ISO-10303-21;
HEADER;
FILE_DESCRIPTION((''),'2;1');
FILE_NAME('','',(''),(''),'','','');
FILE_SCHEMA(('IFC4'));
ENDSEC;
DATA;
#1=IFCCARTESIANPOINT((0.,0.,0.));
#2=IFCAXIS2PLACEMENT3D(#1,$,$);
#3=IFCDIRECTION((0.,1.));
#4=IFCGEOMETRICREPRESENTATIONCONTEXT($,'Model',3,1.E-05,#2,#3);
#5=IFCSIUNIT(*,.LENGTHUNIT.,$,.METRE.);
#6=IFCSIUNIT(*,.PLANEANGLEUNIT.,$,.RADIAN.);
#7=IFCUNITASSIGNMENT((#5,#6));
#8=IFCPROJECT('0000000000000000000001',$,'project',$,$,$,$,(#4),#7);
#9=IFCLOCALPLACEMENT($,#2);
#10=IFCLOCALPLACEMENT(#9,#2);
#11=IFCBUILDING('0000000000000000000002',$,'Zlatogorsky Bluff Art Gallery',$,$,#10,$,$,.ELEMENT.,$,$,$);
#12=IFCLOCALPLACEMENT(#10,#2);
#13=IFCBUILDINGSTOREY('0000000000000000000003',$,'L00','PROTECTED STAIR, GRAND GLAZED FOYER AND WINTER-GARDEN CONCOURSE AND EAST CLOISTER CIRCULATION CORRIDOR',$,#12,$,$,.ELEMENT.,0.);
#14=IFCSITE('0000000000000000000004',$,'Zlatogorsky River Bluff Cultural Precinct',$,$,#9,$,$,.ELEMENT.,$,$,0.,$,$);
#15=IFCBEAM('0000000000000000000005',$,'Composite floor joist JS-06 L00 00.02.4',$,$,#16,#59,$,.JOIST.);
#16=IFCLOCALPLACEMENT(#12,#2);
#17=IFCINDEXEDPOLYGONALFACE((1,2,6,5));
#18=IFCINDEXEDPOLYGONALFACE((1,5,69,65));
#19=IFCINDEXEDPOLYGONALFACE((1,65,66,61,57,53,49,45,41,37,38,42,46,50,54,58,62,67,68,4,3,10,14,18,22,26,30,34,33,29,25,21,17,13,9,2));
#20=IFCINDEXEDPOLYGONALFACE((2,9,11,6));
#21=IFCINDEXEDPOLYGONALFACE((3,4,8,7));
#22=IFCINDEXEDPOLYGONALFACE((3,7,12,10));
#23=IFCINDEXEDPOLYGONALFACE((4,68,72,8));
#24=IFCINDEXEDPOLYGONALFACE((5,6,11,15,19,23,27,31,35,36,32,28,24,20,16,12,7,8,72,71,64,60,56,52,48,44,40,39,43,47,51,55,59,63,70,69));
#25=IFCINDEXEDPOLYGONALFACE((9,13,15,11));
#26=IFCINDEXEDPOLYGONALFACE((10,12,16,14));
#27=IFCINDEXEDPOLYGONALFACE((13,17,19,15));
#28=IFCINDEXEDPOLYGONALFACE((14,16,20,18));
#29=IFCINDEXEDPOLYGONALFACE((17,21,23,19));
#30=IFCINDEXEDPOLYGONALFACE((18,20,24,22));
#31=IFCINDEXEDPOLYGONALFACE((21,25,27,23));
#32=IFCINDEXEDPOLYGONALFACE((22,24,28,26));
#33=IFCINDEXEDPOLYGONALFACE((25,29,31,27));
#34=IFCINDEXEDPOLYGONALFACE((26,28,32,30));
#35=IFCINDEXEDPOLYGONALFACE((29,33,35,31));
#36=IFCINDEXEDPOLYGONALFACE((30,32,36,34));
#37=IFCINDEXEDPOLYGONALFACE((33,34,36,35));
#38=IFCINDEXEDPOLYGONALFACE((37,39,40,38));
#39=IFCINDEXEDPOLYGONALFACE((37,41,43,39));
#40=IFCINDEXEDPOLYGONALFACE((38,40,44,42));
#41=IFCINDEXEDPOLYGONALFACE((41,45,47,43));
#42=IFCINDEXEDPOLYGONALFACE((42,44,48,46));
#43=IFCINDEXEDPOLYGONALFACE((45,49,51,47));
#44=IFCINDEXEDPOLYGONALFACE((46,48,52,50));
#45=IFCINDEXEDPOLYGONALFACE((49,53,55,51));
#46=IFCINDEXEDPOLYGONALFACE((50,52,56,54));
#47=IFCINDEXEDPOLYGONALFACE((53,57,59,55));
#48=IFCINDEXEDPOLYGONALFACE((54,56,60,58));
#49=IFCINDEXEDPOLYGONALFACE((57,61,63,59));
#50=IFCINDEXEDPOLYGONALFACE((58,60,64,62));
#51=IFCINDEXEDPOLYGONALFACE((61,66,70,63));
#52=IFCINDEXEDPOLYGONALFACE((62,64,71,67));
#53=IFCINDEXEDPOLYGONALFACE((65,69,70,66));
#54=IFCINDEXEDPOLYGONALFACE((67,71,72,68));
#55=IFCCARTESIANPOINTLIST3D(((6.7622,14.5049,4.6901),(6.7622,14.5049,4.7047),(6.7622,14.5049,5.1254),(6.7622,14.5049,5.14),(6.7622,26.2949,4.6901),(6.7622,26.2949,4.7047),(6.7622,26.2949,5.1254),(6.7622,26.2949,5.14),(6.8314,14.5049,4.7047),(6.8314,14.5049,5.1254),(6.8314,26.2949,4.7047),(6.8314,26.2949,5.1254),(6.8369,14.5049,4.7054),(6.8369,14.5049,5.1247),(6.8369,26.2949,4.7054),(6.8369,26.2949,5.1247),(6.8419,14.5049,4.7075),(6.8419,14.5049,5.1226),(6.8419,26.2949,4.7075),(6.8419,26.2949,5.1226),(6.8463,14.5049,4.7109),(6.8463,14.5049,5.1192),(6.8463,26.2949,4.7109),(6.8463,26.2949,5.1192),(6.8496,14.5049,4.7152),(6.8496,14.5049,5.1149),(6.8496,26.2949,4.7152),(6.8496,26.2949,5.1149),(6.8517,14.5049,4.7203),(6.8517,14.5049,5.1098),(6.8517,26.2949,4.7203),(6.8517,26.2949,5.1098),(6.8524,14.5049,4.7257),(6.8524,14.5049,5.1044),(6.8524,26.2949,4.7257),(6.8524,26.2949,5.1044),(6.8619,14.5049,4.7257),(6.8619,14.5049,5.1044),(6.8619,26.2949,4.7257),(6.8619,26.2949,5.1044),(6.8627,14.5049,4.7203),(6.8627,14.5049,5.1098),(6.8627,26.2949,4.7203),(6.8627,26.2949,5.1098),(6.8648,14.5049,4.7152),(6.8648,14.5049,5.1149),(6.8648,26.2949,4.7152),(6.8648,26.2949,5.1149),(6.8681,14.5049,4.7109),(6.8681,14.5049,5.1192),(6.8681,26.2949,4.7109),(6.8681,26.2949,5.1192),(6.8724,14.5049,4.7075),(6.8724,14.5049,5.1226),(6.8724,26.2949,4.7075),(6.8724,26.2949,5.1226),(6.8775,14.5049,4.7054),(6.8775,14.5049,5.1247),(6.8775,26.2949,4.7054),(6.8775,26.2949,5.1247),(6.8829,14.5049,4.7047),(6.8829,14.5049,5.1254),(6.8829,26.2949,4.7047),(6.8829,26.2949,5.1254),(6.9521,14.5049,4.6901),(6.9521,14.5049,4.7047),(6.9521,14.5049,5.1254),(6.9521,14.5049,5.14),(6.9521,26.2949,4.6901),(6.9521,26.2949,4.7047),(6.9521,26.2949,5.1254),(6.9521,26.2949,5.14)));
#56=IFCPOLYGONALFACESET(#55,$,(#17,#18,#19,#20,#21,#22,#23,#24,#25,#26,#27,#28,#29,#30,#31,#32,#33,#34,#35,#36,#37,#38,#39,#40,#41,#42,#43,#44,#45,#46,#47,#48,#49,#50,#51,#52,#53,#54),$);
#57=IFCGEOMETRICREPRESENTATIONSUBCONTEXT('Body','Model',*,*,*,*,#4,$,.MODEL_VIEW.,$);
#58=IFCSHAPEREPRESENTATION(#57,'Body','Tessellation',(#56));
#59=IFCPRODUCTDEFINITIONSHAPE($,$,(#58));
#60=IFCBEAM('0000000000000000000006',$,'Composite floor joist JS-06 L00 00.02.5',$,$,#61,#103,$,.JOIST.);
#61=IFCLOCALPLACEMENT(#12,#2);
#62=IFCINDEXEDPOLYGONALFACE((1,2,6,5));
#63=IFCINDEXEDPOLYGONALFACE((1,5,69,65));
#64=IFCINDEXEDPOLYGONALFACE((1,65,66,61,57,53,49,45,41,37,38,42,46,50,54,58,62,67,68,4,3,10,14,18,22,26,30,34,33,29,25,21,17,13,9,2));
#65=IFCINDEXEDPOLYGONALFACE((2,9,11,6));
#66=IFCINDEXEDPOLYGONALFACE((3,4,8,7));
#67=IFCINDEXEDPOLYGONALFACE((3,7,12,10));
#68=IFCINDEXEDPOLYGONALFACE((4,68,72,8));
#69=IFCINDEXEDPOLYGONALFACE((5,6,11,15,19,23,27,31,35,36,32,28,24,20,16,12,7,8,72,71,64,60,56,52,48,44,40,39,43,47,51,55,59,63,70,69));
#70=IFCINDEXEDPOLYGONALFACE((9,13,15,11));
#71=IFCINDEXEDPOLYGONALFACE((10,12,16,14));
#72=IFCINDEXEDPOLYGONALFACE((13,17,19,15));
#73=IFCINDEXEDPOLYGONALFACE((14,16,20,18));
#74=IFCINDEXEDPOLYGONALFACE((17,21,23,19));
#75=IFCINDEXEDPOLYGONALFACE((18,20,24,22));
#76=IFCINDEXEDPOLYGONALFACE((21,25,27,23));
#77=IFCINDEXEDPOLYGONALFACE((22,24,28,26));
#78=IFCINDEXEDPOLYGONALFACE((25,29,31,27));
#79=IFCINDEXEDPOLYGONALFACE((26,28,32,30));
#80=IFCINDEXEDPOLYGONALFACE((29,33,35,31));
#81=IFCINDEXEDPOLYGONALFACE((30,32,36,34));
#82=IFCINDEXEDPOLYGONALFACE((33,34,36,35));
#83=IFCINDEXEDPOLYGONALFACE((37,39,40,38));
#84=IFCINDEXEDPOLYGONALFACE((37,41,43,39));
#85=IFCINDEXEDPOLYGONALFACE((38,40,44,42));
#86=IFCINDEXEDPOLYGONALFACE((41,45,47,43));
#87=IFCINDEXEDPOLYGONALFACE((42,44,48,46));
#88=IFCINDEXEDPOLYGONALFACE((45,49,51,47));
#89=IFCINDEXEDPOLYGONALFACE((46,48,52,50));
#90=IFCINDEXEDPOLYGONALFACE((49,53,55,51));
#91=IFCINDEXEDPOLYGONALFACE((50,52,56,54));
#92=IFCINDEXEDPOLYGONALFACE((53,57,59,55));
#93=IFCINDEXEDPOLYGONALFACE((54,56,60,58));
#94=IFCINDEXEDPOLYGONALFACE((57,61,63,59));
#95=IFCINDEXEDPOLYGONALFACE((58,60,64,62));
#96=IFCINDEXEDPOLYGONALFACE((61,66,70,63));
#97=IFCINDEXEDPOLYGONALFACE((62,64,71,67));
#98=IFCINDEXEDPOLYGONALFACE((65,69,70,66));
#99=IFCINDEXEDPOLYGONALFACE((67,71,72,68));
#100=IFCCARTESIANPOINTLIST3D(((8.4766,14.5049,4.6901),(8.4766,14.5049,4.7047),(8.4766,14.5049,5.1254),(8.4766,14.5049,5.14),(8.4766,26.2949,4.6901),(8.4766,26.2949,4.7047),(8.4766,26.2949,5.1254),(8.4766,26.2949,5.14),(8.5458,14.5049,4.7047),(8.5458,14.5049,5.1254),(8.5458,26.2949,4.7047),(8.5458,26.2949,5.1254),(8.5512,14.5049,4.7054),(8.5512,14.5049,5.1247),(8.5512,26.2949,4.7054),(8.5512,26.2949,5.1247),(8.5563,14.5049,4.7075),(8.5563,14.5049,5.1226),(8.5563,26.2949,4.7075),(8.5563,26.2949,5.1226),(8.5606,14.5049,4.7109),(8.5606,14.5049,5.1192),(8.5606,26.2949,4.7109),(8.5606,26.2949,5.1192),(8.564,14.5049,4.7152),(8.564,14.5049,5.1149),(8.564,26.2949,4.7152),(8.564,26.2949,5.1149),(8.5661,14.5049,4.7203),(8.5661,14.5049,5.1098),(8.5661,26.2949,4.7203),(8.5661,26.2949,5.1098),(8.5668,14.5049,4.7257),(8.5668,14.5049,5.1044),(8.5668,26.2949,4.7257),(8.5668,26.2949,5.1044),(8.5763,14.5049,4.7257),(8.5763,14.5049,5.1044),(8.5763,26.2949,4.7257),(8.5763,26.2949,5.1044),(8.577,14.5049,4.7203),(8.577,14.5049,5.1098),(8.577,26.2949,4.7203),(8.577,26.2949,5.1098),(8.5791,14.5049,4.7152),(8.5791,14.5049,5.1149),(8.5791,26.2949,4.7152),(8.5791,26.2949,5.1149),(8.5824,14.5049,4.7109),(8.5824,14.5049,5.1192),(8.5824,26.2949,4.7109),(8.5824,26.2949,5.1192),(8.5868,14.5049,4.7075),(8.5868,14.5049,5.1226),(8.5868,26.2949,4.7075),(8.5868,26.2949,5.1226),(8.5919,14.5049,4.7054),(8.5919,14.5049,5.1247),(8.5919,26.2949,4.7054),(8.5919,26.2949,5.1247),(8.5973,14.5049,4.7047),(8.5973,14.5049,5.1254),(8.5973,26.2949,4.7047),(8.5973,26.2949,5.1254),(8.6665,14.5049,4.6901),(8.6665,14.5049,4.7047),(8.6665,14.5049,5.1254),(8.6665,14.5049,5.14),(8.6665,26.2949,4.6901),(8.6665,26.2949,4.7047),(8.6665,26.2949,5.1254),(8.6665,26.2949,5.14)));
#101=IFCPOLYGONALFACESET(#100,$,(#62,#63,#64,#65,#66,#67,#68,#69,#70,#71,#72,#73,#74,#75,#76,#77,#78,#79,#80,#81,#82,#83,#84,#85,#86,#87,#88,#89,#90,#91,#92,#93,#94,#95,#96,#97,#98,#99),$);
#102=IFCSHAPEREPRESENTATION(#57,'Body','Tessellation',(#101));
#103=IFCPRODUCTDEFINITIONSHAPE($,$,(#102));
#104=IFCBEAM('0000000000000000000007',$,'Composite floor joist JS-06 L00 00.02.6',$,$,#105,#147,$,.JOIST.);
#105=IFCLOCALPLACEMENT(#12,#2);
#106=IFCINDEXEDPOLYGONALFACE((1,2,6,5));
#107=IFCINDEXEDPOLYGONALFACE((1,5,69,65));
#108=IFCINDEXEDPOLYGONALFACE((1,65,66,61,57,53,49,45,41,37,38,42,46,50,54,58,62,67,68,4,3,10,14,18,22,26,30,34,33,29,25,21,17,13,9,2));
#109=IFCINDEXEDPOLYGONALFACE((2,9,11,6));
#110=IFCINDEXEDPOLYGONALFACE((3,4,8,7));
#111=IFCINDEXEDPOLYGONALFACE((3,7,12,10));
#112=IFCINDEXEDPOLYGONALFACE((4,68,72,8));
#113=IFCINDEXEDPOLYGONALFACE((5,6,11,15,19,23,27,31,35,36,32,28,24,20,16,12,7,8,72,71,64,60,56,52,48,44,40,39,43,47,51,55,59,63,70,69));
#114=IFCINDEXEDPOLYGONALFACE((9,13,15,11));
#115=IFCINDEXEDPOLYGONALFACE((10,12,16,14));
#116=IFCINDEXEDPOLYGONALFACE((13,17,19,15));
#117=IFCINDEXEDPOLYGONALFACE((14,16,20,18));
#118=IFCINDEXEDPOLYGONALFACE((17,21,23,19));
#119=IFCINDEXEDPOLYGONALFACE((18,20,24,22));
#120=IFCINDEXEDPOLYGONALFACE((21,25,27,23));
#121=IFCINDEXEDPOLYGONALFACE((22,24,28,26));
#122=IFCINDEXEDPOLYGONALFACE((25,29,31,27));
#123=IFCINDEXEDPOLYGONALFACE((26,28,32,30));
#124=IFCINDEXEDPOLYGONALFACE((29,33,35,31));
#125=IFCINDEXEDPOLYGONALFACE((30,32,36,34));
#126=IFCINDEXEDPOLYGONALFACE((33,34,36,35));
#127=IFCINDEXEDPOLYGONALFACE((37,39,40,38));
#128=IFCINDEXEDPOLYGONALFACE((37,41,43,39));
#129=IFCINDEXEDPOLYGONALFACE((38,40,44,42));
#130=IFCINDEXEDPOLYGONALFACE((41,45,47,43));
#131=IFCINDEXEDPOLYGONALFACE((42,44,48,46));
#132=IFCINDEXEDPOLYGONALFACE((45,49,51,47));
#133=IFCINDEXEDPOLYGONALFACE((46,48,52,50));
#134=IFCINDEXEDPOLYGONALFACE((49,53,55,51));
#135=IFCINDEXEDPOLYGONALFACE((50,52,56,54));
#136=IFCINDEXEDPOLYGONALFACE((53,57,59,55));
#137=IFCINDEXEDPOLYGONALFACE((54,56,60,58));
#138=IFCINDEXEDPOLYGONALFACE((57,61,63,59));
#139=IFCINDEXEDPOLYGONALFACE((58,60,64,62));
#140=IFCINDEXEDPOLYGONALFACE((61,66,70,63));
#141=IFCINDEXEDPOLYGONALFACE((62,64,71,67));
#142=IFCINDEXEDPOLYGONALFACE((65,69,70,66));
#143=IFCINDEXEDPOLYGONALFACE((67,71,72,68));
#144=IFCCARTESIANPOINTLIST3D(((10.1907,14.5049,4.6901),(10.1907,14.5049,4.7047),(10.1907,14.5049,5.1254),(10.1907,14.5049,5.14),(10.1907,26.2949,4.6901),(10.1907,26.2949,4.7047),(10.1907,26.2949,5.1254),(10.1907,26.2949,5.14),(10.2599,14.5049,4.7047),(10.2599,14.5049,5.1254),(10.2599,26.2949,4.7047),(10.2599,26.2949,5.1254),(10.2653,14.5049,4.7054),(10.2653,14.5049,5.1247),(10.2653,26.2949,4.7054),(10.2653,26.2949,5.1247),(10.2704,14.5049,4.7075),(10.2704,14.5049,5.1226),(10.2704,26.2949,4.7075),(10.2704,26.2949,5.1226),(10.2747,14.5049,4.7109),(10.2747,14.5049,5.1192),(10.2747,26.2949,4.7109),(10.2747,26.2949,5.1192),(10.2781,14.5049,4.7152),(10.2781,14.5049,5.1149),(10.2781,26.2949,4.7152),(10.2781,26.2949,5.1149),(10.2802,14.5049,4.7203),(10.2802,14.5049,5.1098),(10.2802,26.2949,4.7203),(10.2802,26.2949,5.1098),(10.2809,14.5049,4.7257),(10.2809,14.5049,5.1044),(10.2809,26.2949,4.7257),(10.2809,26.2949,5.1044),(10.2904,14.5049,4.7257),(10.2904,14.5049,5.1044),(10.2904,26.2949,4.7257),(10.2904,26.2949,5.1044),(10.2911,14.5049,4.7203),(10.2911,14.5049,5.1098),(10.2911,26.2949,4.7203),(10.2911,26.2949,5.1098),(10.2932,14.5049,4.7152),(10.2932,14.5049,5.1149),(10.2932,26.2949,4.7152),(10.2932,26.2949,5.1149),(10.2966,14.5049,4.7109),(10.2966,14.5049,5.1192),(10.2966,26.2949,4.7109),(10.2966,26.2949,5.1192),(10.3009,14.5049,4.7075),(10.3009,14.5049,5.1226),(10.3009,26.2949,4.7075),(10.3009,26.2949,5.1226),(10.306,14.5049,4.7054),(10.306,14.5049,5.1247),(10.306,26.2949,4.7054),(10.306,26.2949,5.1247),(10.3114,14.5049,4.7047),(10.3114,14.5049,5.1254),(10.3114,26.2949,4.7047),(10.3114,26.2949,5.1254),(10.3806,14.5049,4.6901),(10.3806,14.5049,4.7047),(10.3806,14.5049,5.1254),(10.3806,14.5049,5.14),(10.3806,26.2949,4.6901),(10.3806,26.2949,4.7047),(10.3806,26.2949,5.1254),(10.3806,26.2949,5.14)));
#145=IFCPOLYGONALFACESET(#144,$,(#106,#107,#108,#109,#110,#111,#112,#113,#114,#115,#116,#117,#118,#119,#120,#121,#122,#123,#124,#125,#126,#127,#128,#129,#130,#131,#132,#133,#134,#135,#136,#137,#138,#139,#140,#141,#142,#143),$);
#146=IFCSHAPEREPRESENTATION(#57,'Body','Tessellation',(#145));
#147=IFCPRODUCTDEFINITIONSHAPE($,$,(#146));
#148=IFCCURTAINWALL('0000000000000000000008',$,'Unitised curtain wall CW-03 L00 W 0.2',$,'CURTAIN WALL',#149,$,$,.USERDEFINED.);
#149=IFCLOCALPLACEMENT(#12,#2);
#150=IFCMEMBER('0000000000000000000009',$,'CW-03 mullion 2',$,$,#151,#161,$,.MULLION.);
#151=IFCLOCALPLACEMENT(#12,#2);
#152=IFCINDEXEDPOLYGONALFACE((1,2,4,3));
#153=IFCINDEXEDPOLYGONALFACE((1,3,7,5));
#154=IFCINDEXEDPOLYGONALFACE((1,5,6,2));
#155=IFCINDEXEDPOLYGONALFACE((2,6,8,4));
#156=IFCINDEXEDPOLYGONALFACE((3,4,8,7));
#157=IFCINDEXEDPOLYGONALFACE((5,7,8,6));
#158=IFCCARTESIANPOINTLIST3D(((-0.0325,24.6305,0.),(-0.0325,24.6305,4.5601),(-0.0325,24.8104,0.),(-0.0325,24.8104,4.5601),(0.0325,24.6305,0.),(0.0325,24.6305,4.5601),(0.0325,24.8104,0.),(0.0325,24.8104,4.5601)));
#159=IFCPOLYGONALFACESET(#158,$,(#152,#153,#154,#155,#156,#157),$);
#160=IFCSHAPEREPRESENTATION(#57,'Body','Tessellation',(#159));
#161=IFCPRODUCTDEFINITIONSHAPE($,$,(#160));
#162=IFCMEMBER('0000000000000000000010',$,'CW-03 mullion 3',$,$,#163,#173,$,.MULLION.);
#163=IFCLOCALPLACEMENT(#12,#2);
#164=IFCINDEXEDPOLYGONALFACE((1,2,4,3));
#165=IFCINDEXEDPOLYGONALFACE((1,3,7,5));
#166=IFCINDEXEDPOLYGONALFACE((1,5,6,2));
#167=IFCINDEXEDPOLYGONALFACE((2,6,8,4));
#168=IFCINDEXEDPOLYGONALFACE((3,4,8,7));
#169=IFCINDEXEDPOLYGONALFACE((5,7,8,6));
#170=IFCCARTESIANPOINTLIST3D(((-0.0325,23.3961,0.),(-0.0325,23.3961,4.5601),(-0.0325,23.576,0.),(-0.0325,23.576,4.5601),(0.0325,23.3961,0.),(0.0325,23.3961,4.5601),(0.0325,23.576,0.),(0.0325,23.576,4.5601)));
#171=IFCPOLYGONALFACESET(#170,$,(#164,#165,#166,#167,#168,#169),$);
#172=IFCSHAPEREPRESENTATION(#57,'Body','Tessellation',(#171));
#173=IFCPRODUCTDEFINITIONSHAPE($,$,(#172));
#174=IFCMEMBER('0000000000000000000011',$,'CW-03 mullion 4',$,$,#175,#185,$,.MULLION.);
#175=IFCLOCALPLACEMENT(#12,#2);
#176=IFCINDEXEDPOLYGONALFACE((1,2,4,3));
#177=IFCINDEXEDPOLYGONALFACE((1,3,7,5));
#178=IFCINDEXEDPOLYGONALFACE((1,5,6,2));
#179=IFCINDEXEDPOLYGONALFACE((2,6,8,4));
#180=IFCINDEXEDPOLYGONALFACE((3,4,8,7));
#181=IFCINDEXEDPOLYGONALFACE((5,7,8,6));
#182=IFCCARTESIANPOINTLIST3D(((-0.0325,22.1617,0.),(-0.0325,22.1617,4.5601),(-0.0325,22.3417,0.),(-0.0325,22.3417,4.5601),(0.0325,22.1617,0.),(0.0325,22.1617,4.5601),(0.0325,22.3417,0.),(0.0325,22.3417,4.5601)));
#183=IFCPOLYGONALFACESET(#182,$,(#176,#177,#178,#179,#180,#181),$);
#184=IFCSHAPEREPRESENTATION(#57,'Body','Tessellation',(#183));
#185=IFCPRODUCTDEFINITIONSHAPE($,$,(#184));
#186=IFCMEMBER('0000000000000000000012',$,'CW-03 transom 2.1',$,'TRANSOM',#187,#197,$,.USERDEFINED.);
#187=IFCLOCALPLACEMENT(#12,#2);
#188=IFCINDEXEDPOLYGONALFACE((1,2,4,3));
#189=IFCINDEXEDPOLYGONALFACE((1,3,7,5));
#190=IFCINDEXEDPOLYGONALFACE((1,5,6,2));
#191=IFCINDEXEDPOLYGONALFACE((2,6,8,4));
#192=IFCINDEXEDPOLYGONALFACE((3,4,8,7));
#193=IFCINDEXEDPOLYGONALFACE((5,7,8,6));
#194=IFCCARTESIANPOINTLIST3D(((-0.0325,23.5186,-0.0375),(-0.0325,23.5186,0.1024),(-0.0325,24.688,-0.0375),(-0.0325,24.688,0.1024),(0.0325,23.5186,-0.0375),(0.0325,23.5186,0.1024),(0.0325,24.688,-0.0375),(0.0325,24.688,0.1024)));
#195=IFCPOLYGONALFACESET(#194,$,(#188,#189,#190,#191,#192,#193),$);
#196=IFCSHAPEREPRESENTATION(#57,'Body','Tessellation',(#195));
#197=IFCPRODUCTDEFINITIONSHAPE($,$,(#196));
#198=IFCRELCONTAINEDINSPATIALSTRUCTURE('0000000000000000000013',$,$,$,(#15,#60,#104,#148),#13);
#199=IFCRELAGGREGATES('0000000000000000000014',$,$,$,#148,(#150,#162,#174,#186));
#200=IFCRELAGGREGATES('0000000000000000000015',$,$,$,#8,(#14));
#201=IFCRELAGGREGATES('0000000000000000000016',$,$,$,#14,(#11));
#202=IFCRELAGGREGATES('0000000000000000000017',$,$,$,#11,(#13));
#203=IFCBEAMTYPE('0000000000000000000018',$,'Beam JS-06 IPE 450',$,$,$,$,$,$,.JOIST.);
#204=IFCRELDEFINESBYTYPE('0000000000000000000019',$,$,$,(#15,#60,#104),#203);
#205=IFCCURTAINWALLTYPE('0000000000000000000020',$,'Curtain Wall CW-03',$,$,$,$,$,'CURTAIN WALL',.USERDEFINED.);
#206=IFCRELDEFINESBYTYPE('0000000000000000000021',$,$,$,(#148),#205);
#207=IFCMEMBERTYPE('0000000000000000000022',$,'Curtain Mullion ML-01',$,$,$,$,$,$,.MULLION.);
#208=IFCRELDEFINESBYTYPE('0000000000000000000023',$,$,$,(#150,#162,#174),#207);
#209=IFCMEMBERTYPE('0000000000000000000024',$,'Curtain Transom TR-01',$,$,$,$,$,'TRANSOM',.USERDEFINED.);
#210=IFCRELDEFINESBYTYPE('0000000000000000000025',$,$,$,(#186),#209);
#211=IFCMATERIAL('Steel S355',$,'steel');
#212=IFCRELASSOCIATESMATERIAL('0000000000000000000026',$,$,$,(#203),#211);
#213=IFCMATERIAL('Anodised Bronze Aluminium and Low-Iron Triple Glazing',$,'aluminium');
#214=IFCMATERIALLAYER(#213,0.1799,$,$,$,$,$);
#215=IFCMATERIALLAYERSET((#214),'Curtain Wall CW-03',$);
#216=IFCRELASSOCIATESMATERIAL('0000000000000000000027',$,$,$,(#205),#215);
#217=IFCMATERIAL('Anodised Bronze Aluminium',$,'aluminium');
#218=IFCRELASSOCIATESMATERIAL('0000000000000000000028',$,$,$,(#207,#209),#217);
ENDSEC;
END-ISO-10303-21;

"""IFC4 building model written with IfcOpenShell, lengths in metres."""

from ifc_helpers import new_model, si_unit, direction, frame, origin, origin_2d, place, context, subcontext, project, spatial, rectangle, i_section, extrude, material, layer, layer_set, material_profile, profile_set, type_object, element, aggregate, save


model = new_model("IFC4")

# Units and contexts
model_context = context("Model", 3, precision=1e-05, world=origin(), true_north=direction((0.0, 1.0)))
body_context = subcontext(model_context, "Body", "Model", "MODEL_VIEW")
ifc_project = project(units=[si_unit("LENGTHUNIT", "METRE"), si_unit("PLANEANGLEUNIT", "RADIAN")], contexts=[model_context])

# Site, building, storey
site_placement = place(None, origin())
site = spatial("IfcSite", under=ifc_project, at=site_placement, Name="Zlatogorsky River Bluff Cultural Precinct", CompositionType="ELEMENT", RefElevation=0.0)
building_placement = place(site_placement, origin())
building = spatial("IfcBuilding", under=site, at=building_placement, Name="Zlatogorsky Bluff Art Gallery", CompositionType="ELEMENT")
storey_placement = place(building_placement, origin())
storey = spatial("IfcBuildingStorey", under=building, at=storey_placement, Name="L00", Description="PROTECTED STAIR, GRAND GLAZED FOYER AND WINTER-GARDEN CONCOURSE AND EAST CLOISTER CIRCULATION CORRIDOR", CompositionType="ELEMENT", Elevation=0.0)

# Beams
ifc_material_1 = material(Name="Steel S355", Category="steel")
ifc_material_profile_1 = material_profile(ifc_material_1, i_section(OverallWidth=0.1899, OverallDepth=0.45, WebThickness=0.0095, FlangeThickness=0.0146, FilletRadius=0.021, at=origin_2d()), Name="IPE 450")
ifc_profile_set_1 = profile_set([ifc_material_profile_1], Name="Steel S355")
beam_type_1 = type_object("IfcBeamType", Name="Beam JS-06 IPE 450", PredefinedType="JOIST", material=ifc_profile_set_1)
for number, where, z_axis, x_axis, name in (
    (1, (6.8572, 14.5049, 4.915), (0.0, 1.0, 0.0), (-1.0, 0.0, 0.0), "Composite floor joist JS-06 L00 00.02.4"),
    (2, (8.5715, 14.5049, 4.915), (0.0, 1.0, 0.0), (-1.0, 0.0, 0.0), "Composite floor joist JS-06 L00 00.02.5"),
    (3, (10.2856, 14.5049, 4.915), (0.0, 1.0, 0.0), (-1.0, 0.0, 0.0), "Composite floor joist JS-06 L00 00.02.6"),
):
    element("IfcBeam", number, at=place(storey_placement, frame(where, z_axis=z_axis, x_axis=x_axis)), inside=storey, type_object=beam_type_1, Name=name, PredefinedType="JOIST", context=body_context, shape_type="SweptSolid", body=[
        extrude(i_section(OverallWidth=0.1899, OverallDepth=0.45, WebThickness=0.0095, FlangeThickness=0.0146, FilletRadius=0.021, at=origin_2d()), origin(), (0.0, 0.0, 1.0), 11.79),
    ])

# Curtain wall, members
ifc_material_2 = material(Name="Anodised Bronze Aluminium and Low-Iron Triple Glazing", Category="aluminium")
ifc_layer_1 = layer(ifc_material_2, 0.1799)
ifc_layer_set_1 = layer_set([ifc_layer_1], Name="Curtain Wall CW-03")
curtain_wall_type = type_object("IfcCurtainWallType", Name="Curtain Wall CW-03", ElementType="CURTAIN WALL", PredefinedType="USERDEFINED", material=ifc_layer_set_1)
curtain_wall_placement = place(storey_placement, origin())
curtain_wall = element("IfcCurtainWall", 4, at=curtain_wall_placement, inside=storey, type_object=curtain_wall_type, Name="Unitised curtain wall CW-03 L00 W 0.2", ObjectType="CURTAIN WALL", PredefinedType="USERDEFINED")
ifc_material_3 = material(Name="Anodised Bronze Aluminium", Category="aluminium")
ifc_material_profile_2 = material_profile(ifc_material_3, rectangle(XDim=0.0649, YDim=0.1799, at=origin_2d()), Name="ALU MULLION 65x180")
ifc_profile_set_2 = profile_set([ifc_material_profile_2], Name="Anodised Bronze Aluminium")
member_type_1 = type_object("IfcMemberType", Name="Curtain Mullion ML-01", PredefinedType="MULLION", material=ifc_profile_set_2)
member_1_placement = place(storey_placement, frame((0.0, 24.7205, 0.0), z_axis=(0.0, 0.0, 1.0), x_axis=(1.0, 0.0, 0.0)))
member_1 = element("IfcMember", 5, at=member_1_placement, type_object=member_type_1, Name="CW-03 mullion 2", PredefinedType="MULLION", context=body_context, shape_type="SweptSolid", body=[
    extrude(rectangle(XDim=0.0649, YDim=0.1799, at=origin_2d()), origin(), (0.0, 0.0, 1.0), 4.5601),
])
member_2_placement = place(storey_placement, frame((0.0, 23.4861, 0.0), z_axis=(0.0, 0.0, 1.0), x_axis=(1.0, 0.0, 0.0)))
member_2 = element("IfcMember", 6, at=member_2_placement, type_object=member_type_1, Name="CW-03 mullion 3", PredefinedType="MULLION", context=body_context, shape_type="SweptSolid", body=[
    extrude(rectangle(XDim=0.0649, YDim=0.1799, at=origin_2d()), origin(), (0.0, 0.0, 1.0), 4.5601),
])
member_3_placement = place(storey_placement, frame((0.0, 22.2517, 0.0), z_axis=(0.0, 0.0, 1.0), x_axis=(1.0, 0.0, 0.0)))
member_3 = element("IfcMember", 7, at=member_3_placement, type_object=member_type_1, Name="CW-03 mullion 4", PredefinedType="MULLION", context=body_context, shape_type="SweptSolid", body=[
    extrude(rectangle(XDim=0.0649, YDim=0.1799, at=origin_2d()), origin(), (0.0, 0.0, 1.0), 4.5601),
])
ifc_material_profile_3 = material_profile(ifc_material_3, rectangle(XDim=0.0649, YDim=0.1399, at=origin_2d()), Name="ALU TRANSOM 65x140")
ifc_profile_set_3 = profile_set([ifc_material_profile_3], Name="Anodised Bronze Aluminium")
member_type_2 = type_object("IfcMemberType", Name="Curtain Transom TR-01", ElementType="TRANSOM", PredefinedType="USERDEFINED", material=ifc_profile_set_3)
member_4_placement = place(storey_placement, frame((0.0, 24.688, 0.0325), z_axis=(0.0, -1.0, 0.0), x_axis=(1.0, 0.0, 0.0)))
member_4 = element("IfcMember", 8, at=member_4_placement, type_object=member_type_2, Name="CW-03 transom 2.1", ObjectType="TRANSOM", PredefinedType="USERDEFINED", context=body_context, shape_type="SweptSolid", body=[
    extrude(rectangle(XDim=0.0649, YDim=0.1399, at=origin_2d()), origin(), (0.0, 0.0, 1.0), 1.1694),
])
aggregate(curtain_wall, [member_1, member_2, member_3, member_4])

save(model, "model.ifc")
